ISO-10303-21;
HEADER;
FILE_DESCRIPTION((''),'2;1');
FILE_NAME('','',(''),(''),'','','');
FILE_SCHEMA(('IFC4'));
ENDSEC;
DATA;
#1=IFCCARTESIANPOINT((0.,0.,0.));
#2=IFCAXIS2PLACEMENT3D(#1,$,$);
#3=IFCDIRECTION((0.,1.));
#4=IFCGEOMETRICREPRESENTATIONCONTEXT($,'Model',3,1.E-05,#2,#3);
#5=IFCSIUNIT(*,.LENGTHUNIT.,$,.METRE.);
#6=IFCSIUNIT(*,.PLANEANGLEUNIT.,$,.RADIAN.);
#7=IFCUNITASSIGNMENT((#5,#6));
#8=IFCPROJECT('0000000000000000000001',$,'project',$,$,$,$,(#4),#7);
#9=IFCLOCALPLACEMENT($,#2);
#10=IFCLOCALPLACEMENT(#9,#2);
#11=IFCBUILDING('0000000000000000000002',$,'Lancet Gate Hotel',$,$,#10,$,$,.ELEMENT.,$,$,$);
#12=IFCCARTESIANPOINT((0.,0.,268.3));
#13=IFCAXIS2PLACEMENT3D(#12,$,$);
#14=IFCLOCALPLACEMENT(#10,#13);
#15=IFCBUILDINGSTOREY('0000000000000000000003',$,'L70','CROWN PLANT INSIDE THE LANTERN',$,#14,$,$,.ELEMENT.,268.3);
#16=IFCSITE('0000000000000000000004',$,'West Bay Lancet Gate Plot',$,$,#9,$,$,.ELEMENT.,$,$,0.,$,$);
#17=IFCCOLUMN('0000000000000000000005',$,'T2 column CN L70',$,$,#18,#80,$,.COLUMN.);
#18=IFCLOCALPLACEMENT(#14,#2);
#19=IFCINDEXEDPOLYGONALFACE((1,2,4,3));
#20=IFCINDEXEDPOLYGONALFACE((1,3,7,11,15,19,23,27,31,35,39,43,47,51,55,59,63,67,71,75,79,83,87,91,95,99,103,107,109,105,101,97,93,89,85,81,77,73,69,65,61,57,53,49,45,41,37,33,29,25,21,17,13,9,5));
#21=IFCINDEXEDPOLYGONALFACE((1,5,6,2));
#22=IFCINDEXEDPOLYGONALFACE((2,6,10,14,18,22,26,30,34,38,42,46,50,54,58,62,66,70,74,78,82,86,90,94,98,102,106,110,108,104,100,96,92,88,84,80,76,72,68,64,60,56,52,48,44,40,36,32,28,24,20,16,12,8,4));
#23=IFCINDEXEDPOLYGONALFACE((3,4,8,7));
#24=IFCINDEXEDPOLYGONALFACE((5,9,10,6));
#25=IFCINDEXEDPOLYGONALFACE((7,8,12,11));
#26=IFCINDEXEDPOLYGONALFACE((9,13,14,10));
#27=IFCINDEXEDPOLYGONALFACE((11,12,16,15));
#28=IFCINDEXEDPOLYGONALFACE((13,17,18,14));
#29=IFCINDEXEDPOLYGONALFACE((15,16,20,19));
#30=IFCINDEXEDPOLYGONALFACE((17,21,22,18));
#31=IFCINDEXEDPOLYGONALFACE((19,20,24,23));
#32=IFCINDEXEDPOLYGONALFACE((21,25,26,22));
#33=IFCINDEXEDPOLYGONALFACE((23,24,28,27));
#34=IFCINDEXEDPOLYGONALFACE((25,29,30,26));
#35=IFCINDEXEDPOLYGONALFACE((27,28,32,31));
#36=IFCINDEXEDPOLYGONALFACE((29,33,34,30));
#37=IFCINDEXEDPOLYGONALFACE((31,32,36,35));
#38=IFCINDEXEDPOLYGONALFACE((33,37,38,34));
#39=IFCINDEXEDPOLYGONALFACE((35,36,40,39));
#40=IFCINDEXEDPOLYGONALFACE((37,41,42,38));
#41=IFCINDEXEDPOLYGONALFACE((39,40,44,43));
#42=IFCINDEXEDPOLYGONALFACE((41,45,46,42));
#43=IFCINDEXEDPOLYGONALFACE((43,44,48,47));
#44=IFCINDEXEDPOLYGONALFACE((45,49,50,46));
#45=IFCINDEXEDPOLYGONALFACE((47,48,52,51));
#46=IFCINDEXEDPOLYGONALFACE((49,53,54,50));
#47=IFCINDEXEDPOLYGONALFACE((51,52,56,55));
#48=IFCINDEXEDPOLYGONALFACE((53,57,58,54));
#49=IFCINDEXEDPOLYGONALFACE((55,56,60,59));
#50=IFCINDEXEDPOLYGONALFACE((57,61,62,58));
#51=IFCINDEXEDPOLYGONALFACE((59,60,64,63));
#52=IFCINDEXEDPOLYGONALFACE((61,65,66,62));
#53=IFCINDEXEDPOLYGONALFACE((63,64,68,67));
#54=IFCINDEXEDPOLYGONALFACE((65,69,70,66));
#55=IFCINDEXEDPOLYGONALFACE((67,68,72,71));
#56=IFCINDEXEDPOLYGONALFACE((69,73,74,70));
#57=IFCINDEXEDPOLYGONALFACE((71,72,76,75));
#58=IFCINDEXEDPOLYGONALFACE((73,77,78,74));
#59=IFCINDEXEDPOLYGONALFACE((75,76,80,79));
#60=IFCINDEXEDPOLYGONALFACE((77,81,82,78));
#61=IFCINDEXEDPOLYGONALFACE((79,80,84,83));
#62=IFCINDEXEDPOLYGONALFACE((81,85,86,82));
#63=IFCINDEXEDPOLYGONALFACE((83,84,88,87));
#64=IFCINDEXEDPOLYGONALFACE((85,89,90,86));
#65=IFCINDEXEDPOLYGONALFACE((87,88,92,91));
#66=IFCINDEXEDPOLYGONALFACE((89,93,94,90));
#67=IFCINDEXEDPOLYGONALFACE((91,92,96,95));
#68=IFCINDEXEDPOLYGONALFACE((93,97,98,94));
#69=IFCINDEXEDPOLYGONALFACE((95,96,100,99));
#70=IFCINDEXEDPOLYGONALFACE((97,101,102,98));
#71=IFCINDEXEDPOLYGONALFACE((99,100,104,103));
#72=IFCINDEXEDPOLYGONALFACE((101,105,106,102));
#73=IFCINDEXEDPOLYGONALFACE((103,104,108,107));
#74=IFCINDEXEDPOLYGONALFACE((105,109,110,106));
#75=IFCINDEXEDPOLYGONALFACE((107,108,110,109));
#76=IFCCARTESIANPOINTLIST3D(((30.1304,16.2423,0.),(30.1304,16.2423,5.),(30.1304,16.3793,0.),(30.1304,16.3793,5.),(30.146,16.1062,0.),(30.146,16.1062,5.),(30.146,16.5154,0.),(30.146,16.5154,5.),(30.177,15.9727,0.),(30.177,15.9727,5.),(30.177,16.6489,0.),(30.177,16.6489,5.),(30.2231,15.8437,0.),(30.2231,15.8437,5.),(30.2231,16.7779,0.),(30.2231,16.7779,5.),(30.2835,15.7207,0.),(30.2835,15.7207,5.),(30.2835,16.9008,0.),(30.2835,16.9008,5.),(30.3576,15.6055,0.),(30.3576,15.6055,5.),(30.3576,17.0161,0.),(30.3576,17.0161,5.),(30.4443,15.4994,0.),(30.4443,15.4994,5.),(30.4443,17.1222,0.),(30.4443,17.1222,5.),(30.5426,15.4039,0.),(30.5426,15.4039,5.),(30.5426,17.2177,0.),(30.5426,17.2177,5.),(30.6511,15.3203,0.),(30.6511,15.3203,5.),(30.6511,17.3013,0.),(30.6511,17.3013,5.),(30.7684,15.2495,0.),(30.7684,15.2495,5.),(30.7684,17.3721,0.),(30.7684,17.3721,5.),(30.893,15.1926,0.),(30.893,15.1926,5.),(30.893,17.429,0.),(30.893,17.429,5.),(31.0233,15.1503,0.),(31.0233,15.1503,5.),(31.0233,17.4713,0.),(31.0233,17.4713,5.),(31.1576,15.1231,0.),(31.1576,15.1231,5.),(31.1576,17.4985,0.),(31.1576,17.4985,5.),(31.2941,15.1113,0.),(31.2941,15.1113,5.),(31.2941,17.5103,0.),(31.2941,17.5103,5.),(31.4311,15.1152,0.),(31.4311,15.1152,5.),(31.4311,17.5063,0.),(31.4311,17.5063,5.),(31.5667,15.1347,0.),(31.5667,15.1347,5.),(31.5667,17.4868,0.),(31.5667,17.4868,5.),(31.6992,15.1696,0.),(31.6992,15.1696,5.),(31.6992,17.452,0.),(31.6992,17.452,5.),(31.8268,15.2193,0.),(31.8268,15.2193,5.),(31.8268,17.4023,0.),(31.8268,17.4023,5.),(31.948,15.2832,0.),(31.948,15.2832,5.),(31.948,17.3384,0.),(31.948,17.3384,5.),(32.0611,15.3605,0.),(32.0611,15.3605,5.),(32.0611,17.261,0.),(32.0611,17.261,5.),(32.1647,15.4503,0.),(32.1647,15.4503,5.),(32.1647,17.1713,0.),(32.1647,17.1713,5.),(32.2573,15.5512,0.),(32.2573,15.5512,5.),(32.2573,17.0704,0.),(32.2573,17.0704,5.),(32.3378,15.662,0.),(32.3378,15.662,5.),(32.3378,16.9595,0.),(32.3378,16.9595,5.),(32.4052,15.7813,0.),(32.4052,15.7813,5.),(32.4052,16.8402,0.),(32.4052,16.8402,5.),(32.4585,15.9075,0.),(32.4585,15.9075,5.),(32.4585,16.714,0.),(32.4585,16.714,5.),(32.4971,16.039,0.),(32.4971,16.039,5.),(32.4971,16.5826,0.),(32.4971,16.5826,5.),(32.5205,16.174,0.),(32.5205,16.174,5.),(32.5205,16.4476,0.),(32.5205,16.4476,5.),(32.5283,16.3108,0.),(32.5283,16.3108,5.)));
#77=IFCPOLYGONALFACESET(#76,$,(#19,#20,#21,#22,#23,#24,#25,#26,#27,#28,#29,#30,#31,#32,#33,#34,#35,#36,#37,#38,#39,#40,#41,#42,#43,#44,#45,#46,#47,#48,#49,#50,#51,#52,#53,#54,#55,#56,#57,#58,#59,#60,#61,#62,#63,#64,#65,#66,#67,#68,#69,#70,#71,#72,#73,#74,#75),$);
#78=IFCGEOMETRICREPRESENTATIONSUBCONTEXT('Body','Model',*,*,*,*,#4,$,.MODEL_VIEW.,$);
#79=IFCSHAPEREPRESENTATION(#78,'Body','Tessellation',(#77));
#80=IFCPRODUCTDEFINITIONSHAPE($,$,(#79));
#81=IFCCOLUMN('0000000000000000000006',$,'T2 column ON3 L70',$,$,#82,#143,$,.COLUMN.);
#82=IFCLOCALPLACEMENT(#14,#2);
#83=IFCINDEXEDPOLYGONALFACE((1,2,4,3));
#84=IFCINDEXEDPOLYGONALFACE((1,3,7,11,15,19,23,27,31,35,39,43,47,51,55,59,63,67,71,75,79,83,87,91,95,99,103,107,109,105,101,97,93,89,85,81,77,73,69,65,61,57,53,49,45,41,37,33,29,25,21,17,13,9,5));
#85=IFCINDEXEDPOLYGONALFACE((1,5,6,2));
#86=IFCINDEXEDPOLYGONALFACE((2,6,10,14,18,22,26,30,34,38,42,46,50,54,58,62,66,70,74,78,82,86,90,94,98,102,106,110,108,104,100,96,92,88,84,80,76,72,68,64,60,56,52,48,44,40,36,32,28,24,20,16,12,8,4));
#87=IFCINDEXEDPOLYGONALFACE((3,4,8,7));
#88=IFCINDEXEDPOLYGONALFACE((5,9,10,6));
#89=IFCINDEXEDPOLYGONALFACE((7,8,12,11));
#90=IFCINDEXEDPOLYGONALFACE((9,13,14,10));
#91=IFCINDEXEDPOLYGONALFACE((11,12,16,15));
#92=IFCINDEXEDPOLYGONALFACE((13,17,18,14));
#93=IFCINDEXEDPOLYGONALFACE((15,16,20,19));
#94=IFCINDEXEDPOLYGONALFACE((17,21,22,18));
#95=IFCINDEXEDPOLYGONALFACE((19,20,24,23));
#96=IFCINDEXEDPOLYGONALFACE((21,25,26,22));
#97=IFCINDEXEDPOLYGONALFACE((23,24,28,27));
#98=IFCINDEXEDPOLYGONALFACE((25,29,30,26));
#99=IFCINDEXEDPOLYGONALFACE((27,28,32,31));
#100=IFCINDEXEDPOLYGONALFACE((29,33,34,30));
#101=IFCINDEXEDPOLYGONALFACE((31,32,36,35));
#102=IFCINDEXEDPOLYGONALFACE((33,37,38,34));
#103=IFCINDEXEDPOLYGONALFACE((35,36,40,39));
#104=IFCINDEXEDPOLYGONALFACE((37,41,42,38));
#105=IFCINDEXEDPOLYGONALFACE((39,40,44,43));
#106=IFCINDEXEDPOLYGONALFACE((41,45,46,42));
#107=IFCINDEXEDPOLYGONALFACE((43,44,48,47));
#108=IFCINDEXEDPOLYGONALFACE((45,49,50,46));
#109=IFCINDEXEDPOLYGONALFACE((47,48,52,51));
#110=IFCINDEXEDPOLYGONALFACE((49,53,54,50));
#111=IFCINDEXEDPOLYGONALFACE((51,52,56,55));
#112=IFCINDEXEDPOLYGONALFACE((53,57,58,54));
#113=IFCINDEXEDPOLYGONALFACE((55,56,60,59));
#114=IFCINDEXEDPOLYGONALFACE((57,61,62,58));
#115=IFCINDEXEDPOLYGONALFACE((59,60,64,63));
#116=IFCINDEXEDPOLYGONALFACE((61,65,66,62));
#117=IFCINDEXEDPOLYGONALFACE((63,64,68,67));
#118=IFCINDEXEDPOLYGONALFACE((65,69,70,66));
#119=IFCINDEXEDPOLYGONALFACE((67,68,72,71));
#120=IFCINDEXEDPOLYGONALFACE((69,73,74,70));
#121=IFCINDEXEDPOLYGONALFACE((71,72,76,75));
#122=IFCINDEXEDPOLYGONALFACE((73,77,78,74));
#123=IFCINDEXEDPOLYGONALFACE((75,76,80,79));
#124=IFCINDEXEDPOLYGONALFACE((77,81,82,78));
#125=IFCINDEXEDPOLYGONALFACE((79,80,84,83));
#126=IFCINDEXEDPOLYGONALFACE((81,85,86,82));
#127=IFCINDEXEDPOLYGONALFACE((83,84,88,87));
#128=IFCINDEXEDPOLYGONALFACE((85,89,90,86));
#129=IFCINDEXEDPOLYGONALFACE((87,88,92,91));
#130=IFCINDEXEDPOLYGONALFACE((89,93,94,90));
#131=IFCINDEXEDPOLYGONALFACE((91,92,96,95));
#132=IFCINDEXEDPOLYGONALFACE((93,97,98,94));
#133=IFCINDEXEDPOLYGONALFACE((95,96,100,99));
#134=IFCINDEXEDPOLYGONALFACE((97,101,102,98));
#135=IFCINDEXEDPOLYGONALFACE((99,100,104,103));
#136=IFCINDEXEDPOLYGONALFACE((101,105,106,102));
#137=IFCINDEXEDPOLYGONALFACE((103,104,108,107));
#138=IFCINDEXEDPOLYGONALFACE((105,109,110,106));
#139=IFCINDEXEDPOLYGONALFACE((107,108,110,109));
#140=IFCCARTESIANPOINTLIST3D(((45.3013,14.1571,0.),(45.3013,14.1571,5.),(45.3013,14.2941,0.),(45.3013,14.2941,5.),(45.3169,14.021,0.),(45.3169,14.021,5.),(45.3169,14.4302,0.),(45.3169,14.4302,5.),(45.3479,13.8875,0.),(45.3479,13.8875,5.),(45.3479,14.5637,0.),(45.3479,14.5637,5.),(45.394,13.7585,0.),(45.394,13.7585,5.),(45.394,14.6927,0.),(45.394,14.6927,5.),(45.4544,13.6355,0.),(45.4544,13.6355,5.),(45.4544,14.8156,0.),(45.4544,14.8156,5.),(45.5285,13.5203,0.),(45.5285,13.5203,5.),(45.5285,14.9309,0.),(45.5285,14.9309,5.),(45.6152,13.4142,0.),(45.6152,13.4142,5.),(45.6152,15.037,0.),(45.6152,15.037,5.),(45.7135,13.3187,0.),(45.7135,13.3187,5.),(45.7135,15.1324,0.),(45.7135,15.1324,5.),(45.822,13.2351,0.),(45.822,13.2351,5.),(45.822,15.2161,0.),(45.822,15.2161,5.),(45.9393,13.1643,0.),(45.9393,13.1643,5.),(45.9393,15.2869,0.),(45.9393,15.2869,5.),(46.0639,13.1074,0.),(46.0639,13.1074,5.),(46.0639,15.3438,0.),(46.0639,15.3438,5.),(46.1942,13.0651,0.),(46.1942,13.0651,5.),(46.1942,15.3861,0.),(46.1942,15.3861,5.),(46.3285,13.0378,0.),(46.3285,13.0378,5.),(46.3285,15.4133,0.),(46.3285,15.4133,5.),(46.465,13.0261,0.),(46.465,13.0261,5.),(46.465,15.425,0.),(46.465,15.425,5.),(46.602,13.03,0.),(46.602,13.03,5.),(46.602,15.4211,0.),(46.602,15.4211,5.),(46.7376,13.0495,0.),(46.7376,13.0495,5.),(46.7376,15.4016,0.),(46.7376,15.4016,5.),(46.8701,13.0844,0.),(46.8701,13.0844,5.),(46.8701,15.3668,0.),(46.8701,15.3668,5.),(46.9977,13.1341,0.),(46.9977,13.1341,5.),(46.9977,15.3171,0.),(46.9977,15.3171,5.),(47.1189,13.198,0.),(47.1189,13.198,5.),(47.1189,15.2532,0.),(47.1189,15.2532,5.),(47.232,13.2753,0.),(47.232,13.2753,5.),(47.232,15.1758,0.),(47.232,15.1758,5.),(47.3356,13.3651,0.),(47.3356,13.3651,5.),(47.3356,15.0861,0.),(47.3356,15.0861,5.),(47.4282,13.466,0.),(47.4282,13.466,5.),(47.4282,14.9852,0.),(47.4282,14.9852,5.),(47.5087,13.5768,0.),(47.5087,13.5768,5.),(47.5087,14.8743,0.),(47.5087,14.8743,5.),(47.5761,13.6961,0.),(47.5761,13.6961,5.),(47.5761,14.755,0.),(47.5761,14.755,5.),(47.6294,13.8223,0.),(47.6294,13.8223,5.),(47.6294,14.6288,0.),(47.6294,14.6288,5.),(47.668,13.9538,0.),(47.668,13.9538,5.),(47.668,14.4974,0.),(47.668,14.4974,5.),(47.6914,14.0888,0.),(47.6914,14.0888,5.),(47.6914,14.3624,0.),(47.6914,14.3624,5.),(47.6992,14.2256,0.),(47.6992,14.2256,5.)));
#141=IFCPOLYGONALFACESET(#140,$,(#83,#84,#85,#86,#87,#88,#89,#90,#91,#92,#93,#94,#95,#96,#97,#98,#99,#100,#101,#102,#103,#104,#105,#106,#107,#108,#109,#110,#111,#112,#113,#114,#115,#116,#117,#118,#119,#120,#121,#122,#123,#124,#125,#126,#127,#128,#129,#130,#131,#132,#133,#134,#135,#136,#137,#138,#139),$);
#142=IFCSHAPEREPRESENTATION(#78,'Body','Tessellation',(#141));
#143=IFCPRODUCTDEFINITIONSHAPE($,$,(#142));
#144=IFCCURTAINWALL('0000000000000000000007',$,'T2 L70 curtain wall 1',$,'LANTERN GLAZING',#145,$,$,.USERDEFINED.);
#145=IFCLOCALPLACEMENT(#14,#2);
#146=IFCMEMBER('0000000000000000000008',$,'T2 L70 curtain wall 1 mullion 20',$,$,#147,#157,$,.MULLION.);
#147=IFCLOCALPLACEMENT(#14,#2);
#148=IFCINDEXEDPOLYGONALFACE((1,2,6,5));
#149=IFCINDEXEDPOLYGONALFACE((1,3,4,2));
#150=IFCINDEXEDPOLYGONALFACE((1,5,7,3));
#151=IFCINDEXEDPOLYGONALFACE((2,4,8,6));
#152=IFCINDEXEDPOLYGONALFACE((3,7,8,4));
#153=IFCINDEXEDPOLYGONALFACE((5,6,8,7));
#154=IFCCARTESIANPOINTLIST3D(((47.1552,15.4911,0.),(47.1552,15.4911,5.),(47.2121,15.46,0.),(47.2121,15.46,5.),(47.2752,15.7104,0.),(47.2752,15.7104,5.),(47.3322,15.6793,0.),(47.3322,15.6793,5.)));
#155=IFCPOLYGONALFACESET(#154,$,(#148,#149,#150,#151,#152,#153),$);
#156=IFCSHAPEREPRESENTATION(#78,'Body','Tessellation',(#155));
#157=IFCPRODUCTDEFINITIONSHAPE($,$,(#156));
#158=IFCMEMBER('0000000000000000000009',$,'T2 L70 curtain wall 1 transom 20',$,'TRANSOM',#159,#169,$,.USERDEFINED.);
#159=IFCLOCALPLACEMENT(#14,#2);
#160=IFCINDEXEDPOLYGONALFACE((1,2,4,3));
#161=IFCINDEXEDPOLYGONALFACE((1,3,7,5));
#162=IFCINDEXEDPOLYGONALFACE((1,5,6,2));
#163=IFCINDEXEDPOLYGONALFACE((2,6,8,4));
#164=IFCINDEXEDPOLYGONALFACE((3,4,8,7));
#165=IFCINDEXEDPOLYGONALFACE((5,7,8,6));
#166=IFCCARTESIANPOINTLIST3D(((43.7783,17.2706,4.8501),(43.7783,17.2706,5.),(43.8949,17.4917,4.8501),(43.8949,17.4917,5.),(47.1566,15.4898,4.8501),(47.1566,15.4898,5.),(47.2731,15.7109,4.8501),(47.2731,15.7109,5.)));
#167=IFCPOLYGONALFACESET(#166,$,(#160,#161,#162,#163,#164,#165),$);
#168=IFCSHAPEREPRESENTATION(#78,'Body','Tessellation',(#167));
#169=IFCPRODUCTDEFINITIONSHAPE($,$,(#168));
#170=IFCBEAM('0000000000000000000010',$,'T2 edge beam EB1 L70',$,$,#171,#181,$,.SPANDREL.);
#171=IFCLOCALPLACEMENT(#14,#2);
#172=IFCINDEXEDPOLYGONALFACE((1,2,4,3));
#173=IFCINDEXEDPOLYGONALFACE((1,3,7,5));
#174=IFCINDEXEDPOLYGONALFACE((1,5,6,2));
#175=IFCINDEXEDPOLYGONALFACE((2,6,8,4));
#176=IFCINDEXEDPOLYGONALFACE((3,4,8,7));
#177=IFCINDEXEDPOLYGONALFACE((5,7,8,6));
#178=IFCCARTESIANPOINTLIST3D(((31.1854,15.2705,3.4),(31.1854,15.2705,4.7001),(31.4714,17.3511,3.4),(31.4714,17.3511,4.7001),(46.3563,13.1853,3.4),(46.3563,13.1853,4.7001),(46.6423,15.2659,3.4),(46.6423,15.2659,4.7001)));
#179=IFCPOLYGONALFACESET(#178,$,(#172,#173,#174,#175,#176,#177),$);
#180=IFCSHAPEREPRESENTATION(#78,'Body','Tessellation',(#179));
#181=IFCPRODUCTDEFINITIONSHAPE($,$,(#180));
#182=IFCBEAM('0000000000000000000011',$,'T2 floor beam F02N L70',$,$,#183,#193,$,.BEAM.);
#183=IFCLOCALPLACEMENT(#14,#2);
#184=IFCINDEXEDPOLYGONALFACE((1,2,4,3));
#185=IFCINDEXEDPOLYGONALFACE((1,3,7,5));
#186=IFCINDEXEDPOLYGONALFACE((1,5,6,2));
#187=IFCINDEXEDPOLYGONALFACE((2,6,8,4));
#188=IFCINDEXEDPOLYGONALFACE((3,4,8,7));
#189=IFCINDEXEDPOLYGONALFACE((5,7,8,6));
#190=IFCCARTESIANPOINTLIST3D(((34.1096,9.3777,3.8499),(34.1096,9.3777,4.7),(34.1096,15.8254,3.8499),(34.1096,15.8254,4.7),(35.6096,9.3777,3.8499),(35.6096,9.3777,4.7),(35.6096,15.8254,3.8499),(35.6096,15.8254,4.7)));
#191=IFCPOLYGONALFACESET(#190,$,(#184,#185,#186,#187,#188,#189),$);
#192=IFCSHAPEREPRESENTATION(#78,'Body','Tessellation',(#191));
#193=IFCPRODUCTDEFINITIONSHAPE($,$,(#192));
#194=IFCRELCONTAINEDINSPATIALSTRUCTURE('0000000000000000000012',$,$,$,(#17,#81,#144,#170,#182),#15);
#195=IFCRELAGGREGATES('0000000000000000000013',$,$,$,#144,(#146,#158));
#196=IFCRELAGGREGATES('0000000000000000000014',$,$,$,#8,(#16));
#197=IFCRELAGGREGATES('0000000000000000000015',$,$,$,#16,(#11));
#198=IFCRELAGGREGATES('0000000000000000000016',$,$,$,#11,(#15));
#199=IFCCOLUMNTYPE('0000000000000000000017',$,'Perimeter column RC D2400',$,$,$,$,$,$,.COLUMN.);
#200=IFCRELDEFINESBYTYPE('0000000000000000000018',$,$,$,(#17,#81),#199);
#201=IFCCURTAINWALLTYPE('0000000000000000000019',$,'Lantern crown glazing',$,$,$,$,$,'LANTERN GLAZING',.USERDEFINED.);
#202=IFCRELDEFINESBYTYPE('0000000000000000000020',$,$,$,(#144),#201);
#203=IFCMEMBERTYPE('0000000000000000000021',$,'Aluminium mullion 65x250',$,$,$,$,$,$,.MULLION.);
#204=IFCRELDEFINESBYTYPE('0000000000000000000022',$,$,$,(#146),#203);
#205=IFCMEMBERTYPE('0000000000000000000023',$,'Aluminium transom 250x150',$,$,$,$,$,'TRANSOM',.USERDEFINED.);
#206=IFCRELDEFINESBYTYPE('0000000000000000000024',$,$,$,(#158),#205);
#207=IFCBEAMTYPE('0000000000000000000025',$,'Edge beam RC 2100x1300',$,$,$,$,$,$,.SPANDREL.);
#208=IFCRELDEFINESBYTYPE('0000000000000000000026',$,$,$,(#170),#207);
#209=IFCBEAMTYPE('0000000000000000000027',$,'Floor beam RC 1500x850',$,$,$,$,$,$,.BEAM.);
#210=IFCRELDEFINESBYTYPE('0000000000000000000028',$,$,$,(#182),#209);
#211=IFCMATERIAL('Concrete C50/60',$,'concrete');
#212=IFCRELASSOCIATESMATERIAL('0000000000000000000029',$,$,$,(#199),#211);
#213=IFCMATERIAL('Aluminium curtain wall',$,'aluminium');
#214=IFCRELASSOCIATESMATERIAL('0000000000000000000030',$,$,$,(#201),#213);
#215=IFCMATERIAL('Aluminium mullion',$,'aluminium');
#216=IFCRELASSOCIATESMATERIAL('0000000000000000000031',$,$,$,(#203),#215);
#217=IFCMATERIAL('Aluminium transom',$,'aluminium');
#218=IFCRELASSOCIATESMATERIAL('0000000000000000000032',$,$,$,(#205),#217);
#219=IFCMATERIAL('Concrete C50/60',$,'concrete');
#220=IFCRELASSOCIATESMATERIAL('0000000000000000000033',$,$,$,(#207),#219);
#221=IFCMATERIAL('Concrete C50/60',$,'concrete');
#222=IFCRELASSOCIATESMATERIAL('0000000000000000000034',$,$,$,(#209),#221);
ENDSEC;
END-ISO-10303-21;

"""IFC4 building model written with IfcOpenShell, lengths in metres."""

from ifc_helpers import new_model, si_unit, direction, frame, origin, origin_2d, place, context, subcontext, project, spatial, rectangle, circle, extrude, material, material_profile, profile_set, type_object, element, aggregate, save


model = new_model("IFC4")

# Units and contexts
model_context = context("Model", 3, precision=1e-05, world=origin(), true_north=direction((0.0, 1.0)))
body_context = subcontext(model_context, "Body", "Model", "MODEL_VIEW")
ifc_project = project(units=[si_unit("LENGTHUNIT", "METRE"), si_unit("PLANEANGLEUNIT", "RADIAN")], contexts=[model_context])

# Site, building, storey
site_placement = place(None, origin())
site = spatial("IfcSite", under=ifc_project, at=site_placement, Name="West Bay Lancet Gate Plot", CompositionType="ELEMENT", RefElevation=0.0)
building_placement = place(site_placement, origin())
building = spatial("IfcBuilding", under=site, at=building_placement, Name="Lancet Gate Hotel", CompositionType="ELEMENT")
storey_placement = place(building_placement, frame((0.0, 0.0, 268.3)))
storey = spatial("IfcBuildingStorey", under=building, at=storey_placement, Name="L70", Description="CROWN PLANT INSIDE THE LANTERN", CompositionType="ELEMENT", Elevation=268.3)

# Columns
ifc_material_1 = material(Name="Concrete C50/60", Category="concrete")
ifc_material_profile_1 = material_profile(ifc_material_1, circle(Radius=1.2, at=origin_2d()), Name="RC D2400")
ifc_profile_set_1 = profile_set([ifc_material_profile_1], Name="Concrete C50/60")
column_type = type_object("IfcColumnType", Name="Perimeter column RC D2400", PredefinedType="COLUMN", material=ifc_profile_set_1)
for number, where, z_axis, x_axis, name in (
    (1, (31.3284, 16.3108, 0.0), (0.0, 0.0, 1.0), (1.0, 0.0, 0.0), "T2 column CN L70"),
    (2, (46.4993, 14.2256, 0.0), (0.0, 0.0, 1.0), (1.0, 0.0, 0.0), "T2 column ON3 L70"),
):
    element("IfcColumn", number, at=place(storey_placement, frame(where, z_axis=z_axis, x_axis=x_axis)), inside=storey, type_object=column_type, Name=name, PredefinedType="COLUMN", context=body_context, shape_type="SweptSolid", body=[
        extrude(circle(Radius=1.2, at=origin_2d()), origin(), (0.0, 0.0, 1.0), 5.0),
    ])

# Curtain wall, members
ifc_material_2 = material(Name="Aluminium curtain wall", Category="aluminium")
curtain_wall_type_1 = type_object("IfcCurtainWallType", Name="Lantern crown glazing", ElementType="LANTERN GLAZING", PredefinedType="USERDEFINED", material=ifc_material_2)
curtain_wall_1_placement = place(storey_placement, origin())
curtain_wall_1 = element("IfcCurtainWall", 3, at=curtain_wall_1_placement, inside=storey, type_object=curtain_wall_type_1, Name="T2 L70 curtain wall 1", ObjectType="LANTERN GLAZING", PredefinedType="USERDEFINED")
ifc_material_3 = material(Name="Aluminium mullion", Category="aluminium")
ifc_material_profile_2 = material_profile(ifc_material_3, rectangle(XDim=0.0649, YDim=0.25, at=origin_2d()), Name="MULLION 65x250")
ifc_profile_set_2 = profile_set([ifc_material_profile_2], Name="Aluminium mullion")
member_type_1 = type_object("IfcMemberType", Name="Aluminium mullion 65x250", PredefinedType="MULLION", material=ifc_profile_set_2)
member_1_placement = place(storey_placement, frame((47.2437, 15.5852, 0.0), z_axis=(0.0, 0.0, 1.0), x_axis=(-0.877195, 0.480135, 0.0)))
member_1 = element("IfcMember", 4, at=member_1_placement, type_object=member_type_1, Name="T2 L70 curtain wall 1 mullion 20", PredefinedType="MULLION", context=body_context, shape_type="SweptSolid", body=[
    extrude(rectangle(XDim=0.0649, YDim=0.25, at=origin_2d()), origin(), (0.0, 0.0, 1.0), 5.0),
])
ifc_material_4 = material(Name="Aluminium transom", Category="aluminium")
ifc_material_profile_3 = material_profile(ifc_material_4, rectangle(XDim=0.25, YDim=0.1499, at=origin_2d()), Name="TRANSOM 250x150")
ifc_profile_set_3 = profile_set([ifc_material_profile_3], Name="Aluminium transom")
member_type_2 = type_object("IfcMemberType", Name="Aluminium transom 250x150", ElementType="TRANSOM", PredefinedType="USERDEFINED", material=ifc_profile_set_3)
member_2_placement = place(storey_placement, frame((47.2148, 15.6003, 4.925), z_axis=(-0.884618, 0.466315, 0.0), x_axis=(-0.466315, -0.884618, 0.0)))
member_2 = element("IfcMember", 5, at=member_2_placement, type_object=member_type_2, Name="T2 L70 curtain wall 1 transom 20", ObjectType="TRANSOM", PredefinedType="USERDEFINED", context=body_context, shape_type="SweptSolid", body=[
    extrude(rectangle(XDim=0.25, YDim=0.1499, at=origin_2d()), origin(), (0.0, 0.0, 1.0), 3.8188),
])

# Beams
ifc_material_5 = material(Name="Concrete C50/60", Category="concrete")
ifc_material_profile_4 = material_profile(ifc_material_5, rectangle(XDim=2.1001, YDim=1.3, at=origin_2d()), Name="RC 2100x1300")
ifc_profile_set_4 = profile_set([ifc_material_profile_4], Name="Concrete C50/60")
beam_type_1 = type_object("IfcBeamType", Name="Edge beam RC 2100x1300", PredefinedType="SPANDREL", material=ifc_profile_set_4)
beam_1_placement = place(storey_placement, frame((46.4993, 14.2256, 4.05), z_axis=(-0.990686, 0.136167, 0.0), x_axis=(-0.136167, -0.990686, 0.0)))
element("IfcBeam", 6, at=beam_1_placement, inside=storey, type_object=beam_type_1, Name="T2 edge beam EB1 L70", PredefinedType="SPANDREL", context=body_context, shape_type="SweptSolid", body=[
    extrude(rectangle(XDim=2.1001, YDim=1.3, at=origin_2d()), origin(), (0.0, 0.0, 1.0), 15.3135),
])
ifc_material_6 = material(Name="Concrete C50/60", Category="concrete")
ifc_material_profile_5 = material_profile(ifc_material_6, rectangle(XDim=1.5, YDim=0.8501, at=origin_2d()), Name="RC 1500x850")
ifc_profile_set_5 = profile_set([ifc_material_profile_5], Name="Concrete C50/60")
beam_type_2 = type_object("IfcBeamType", Name="Floor beam RC 1500x850", PredefinedType="BEAM", material=ifc_profile_set_5)
beam_2_placement = place(storey_placement, frame((34.8596, 9.3777, 4.2749), z_axis=(0.0, 1.0, 0.0), x_axis=(-1.0, 0.0, 0.0)))
element("IfcBeam", 7, at=beam_2_placement, inside=storey, type_object=beam_type_2, Name="T2 floor beam F02N L70", PredefinedType="BEAM", context=body_context, shape_type="SweptSolid", body=[
    extrude(rectangle(XDim=1.5, YDim=0.8501, at=origin_2d()), origin(), (0.0, 0.0, 1.0), 6.4478),
])

aggregate(curtain_wall_1, [member_1, member_2])

save(model, "model.ifc")
